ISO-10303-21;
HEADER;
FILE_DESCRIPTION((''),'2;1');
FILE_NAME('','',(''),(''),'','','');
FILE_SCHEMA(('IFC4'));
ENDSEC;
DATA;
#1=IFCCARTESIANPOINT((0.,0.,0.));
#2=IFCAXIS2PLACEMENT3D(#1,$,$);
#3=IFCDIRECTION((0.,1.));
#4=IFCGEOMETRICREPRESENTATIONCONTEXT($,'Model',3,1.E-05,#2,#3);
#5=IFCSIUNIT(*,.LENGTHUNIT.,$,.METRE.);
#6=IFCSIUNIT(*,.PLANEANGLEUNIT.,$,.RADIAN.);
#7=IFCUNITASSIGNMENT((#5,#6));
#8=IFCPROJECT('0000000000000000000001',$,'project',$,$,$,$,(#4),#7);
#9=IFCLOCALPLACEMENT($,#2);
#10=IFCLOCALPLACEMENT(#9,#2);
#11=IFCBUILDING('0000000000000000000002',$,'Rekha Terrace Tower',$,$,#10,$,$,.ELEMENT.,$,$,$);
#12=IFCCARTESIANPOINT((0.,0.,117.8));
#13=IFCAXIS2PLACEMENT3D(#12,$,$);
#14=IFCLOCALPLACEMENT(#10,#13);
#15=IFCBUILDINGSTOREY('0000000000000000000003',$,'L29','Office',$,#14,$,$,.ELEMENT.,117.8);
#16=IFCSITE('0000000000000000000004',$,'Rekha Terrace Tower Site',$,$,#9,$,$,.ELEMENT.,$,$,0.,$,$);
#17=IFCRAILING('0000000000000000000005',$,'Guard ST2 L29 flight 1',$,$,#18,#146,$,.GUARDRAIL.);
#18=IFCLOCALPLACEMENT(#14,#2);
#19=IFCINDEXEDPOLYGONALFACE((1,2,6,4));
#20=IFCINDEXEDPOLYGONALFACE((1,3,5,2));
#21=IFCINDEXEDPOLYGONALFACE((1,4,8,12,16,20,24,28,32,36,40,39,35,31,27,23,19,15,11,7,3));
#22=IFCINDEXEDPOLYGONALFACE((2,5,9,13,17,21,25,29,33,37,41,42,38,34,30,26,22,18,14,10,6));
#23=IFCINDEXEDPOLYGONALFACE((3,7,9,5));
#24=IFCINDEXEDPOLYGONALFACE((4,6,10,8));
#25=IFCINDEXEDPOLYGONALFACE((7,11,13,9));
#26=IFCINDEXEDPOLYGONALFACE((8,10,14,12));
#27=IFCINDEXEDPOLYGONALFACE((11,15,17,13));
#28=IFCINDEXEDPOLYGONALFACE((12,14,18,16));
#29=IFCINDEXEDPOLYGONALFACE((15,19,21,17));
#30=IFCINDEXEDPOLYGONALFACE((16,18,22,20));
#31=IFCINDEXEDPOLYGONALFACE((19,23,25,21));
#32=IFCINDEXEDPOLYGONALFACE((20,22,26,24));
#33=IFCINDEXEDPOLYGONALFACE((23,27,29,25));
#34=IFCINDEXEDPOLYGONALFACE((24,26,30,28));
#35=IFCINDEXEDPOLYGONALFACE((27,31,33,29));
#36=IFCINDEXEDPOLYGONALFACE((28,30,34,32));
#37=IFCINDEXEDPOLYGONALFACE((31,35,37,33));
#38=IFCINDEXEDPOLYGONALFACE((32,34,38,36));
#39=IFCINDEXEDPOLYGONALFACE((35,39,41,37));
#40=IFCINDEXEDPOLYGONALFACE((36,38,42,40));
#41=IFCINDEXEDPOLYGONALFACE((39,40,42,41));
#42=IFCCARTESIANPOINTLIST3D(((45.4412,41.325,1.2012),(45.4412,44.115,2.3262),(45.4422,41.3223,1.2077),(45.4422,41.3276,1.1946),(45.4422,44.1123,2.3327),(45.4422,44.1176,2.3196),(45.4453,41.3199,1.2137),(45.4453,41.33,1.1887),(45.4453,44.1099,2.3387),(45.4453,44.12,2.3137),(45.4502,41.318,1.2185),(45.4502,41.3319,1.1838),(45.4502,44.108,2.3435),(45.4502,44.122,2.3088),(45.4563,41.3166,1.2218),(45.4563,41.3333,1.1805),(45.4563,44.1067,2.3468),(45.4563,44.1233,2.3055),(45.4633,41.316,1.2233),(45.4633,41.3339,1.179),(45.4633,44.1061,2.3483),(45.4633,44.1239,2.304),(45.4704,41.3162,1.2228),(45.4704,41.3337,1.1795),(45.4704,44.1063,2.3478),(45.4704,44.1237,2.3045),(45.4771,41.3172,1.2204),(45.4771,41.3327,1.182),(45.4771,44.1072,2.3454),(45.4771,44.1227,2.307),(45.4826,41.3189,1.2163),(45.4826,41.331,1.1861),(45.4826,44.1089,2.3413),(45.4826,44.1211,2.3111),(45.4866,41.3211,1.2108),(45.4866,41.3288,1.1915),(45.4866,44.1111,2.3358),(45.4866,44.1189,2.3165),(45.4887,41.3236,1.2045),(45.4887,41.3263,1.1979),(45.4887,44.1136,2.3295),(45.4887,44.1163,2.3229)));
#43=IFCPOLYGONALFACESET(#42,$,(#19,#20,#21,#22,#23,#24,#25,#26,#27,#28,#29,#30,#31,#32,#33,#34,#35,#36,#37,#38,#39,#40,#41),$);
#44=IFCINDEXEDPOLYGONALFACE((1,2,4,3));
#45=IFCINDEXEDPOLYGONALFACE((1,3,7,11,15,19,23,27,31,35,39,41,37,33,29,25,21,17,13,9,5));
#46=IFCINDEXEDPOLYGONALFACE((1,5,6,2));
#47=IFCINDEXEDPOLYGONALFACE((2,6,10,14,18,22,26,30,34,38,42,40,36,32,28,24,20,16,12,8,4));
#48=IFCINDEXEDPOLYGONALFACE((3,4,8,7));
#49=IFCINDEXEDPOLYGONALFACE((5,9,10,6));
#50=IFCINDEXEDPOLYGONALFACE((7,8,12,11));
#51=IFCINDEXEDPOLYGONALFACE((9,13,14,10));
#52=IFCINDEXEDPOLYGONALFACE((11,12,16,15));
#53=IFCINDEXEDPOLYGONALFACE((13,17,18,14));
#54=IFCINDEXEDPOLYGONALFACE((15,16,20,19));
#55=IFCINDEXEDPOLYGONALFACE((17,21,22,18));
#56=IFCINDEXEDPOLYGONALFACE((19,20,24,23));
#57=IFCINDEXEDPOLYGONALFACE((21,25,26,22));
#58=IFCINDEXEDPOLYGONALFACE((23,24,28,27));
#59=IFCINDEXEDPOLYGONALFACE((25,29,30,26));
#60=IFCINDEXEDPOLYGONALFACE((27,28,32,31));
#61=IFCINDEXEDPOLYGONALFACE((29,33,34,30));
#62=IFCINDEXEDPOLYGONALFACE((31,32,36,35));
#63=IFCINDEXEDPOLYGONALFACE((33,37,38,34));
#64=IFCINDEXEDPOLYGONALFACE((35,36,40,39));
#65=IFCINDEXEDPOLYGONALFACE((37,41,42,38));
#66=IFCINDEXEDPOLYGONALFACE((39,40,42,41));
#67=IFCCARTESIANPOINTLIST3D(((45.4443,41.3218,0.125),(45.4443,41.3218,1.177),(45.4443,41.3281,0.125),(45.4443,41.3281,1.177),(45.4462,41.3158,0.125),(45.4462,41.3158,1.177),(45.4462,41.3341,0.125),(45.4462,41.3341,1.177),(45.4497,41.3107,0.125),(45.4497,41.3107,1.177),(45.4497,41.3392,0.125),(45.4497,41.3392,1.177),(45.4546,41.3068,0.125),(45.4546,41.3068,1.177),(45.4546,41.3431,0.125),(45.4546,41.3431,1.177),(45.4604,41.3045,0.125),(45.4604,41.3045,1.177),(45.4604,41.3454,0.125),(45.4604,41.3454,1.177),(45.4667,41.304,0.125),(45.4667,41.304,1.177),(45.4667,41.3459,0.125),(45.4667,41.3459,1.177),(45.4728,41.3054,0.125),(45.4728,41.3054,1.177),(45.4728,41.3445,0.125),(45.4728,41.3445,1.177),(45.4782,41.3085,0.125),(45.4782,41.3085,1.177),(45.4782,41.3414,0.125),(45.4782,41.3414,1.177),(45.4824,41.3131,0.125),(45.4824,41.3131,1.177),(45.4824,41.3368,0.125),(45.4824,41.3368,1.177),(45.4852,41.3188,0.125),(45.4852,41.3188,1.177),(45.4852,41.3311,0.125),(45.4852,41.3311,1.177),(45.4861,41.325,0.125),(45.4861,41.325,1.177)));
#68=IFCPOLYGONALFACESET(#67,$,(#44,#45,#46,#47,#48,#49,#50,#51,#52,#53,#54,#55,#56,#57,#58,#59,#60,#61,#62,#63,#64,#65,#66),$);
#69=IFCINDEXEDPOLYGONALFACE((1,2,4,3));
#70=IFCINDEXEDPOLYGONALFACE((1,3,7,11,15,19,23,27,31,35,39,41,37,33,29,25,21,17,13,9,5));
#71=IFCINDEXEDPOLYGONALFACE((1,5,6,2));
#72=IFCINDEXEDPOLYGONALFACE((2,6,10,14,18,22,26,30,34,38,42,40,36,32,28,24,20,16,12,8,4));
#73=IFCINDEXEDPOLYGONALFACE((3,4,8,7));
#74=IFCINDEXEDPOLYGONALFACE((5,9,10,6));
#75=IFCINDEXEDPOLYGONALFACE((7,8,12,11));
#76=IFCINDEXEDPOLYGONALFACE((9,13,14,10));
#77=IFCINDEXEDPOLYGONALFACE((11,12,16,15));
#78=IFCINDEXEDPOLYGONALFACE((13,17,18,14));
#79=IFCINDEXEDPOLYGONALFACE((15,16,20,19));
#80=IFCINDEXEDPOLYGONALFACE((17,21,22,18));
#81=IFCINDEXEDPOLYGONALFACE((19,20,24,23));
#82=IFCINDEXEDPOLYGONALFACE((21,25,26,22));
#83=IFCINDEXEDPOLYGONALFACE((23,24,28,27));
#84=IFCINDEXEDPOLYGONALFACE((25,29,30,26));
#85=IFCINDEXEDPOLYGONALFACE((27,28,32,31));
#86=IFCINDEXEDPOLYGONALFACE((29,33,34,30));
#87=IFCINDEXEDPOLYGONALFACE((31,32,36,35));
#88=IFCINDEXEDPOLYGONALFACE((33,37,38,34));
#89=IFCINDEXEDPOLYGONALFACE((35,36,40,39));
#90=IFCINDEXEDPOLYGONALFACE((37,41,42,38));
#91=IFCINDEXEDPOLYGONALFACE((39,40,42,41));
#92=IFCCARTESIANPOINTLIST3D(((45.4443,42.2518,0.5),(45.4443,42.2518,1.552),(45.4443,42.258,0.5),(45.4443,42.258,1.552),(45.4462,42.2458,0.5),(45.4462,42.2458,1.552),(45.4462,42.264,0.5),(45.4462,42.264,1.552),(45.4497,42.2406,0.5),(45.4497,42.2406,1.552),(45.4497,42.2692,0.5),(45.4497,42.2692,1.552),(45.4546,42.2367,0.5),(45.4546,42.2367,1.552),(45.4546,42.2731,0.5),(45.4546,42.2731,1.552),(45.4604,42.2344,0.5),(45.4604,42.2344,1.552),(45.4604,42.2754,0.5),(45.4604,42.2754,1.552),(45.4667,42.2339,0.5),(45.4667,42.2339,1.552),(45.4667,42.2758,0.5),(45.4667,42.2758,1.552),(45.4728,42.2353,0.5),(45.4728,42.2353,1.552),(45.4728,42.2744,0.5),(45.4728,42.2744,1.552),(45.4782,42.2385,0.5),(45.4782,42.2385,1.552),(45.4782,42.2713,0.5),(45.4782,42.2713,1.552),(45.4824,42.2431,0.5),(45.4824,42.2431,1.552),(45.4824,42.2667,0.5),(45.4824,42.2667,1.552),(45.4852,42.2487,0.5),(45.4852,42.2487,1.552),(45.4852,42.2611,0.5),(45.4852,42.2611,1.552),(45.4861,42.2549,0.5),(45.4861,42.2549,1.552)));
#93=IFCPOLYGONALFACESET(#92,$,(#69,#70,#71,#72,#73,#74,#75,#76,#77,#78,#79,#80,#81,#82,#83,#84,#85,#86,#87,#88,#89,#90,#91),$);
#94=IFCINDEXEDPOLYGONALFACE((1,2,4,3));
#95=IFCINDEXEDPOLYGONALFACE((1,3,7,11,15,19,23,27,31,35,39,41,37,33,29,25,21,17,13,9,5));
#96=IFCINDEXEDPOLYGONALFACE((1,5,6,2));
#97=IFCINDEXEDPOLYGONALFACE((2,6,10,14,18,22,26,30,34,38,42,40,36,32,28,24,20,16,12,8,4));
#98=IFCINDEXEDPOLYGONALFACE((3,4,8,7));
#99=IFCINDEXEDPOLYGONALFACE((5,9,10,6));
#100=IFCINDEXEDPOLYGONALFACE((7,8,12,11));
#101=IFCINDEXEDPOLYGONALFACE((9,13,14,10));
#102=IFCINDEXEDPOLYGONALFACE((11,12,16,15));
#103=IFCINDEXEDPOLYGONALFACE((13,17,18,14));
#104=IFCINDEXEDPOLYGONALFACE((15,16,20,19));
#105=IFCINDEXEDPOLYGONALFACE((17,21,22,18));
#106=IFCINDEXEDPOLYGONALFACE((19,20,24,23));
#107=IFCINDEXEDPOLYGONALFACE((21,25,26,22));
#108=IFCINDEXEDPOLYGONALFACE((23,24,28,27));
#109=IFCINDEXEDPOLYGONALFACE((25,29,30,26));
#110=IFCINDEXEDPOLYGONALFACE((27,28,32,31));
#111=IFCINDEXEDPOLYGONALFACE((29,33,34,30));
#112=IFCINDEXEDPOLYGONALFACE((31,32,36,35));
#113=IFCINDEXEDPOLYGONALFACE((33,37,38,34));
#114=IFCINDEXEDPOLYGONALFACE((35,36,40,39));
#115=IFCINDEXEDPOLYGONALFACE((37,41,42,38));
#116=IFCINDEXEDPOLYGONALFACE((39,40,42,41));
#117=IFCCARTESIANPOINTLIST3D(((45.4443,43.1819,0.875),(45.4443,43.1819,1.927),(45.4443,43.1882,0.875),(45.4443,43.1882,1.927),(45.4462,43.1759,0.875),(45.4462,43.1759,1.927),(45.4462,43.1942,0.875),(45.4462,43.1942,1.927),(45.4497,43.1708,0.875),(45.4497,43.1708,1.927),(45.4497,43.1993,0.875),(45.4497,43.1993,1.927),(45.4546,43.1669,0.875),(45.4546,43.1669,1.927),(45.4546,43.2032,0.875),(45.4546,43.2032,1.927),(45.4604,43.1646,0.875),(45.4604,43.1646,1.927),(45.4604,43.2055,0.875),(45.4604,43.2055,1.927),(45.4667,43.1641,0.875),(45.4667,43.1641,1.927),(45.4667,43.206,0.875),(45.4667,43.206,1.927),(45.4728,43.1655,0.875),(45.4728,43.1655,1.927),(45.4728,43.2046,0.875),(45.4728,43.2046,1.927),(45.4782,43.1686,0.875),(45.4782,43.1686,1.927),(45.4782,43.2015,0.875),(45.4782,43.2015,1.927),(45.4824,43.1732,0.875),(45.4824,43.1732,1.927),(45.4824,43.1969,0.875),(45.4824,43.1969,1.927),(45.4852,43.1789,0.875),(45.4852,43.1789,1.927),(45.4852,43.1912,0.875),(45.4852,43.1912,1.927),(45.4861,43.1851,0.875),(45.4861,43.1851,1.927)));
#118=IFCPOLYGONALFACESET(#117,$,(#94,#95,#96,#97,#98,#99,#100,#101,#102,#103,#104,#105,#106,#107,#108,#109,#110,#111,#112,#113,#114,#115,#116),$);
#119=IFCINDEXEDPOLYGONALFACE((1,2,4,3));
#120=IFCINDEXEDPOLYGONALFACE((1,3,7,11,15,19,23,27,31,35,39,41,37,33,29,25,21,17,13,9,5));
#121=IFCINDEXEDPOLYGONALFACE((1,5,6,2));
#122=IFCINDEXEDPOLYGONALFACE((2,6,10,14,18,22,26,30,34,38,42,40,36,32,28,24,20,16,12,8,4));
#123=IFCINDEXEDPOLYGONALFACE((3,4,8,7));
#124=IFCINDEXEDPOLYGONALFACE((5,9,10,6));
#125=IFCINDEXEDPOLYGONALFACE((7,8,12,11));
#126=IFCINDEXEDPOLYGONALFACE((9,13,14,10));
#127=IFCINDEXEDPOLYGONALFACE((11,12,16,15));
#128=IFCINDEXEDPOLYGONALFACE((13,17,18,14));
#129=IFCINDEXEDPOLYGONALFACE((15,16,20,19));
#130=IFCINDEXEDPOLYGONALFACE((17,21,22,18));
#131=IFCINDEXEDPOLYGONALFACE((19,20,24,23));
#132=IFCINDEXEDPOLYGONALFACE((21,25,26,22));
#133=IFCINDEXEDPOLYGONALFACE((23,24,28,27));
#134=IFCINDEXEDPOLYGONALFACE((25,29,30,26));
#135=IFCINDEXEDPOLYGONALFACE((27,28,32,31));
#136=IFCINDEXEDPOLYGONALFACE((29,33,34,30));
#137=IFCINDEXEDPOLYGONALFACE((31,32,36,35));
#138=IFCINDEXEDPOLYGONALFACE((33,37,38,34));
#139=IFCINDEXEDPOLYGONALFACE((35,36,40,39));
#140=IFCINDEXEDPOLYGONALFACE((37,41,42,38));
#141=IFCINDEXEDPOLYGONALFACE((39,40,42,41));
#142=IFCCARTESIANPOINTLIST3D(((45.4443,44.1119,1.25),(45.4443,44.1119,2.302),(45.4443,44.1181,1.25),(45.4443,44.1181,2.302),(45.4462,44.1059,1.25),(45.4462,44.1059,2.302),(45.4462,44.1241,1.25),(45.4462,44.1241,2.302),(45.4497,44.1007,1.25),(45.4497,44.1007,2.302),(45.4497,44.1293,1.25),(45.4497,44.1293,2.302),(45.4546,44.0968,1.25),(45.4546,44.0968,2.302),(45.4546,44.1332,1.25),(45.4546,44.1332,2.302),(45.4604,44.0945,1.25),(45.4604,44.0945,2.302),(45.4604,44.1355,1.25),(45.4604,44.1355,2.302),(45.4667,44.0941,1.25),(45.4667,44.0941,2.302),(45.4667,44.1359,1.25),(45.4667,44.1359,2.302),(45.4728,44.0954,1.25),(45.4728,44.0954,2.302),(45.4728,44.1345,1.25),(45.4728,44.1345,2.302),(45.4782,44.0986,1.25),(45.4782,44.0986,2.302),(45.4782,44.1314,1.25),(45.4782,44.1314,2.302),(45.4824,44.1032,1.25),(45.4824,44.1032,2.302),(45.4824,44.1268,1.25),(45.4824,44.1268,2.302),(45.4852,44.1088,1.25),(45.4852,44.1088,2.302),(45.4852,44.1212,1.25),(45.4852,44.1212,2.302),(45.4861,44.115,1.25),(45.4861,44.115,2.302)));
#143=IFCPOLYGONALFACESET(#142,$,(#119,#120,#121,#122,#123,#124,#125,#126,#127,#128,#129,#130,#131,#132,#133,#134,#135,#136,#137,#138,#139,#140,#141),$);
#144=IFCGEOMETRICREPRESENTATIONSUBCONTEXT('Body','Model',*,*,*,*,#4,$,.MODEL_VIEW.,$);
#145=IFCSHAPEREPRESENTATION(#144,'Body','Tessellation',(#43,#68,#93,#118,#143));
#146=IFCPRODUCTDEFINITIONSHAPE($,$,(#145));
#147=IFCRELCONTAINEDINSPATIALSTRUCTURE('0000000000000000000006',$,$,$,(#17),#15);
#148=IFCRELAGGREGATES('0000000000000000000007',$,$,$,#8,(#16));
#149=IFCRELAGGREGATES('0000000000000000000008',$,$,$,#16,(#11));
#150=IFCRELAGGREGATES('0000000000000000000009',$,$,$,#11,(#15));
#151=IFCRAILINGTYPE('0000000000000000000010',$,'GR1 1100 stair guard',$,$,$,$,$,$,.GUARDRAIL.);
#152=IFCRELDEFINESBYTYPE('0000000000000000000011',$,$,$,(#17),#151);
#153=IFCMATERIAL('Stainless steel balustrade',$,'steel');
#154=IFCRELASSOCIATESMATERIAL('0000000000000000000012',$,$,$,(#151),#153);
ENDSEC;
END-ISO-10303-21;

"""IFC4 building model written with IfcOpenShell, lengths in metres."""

from ifc_helpers import new_model, si_unit, direction, frame, origin, origin_2d, place, context, subcontext, project, spatial, circle, extrude, material, type_object, element, save


model = new_model("IFC4")

# Units and contexts
model_context = context("Model", 3, precision=1e-05, world=origin(), true_north=direction((0.0, 1.0)))
body_context = subcontext(model_context, "Body", "Model", "MODEL_VIEW")
ifc_project = project(units=[si_unit("LENGTHUNIT", "METRE"), si_unit("PLANEANGLEUNIT", "RADIAN")], contexts=[model_context])

# Site, building, storey
site_placement = place(None, origin())
site = spatial("IfcSite", under=ifc_project, at=site_placement, Name="Rekha Terrace Tower Site", CompositionType="ELEMENT", RefElevation=0.0)
building_placement = place(site_placement, origin())
building = spatial("IfcBuilding", under=site, at=building_placement, Name="Rekha Terrace Tower", CompositionType="ELEMENT")
storey_placement = place(building_placement, frame((0.0, 0.0, 117.8)))
storey = spatial("IfcBuildingStorey", under=building, at=storey_placement, Name="L29", Description="Office", CompositionType="ELEMENT", Elevation=117.8)

# Railing
ifc_material_1 = material(Name="Stainless steel balustrade", Category="steel")
railing_type_1 = type_object("IfcRailingType", Name="GR1 1100 stair guard", PredefinedType="GUARDRAIL", material=ifc_material_1)
railing_1_placement = place(storey_placement, frame((45.4651, 41.325, 0.125)))
element("IfcRailing", 1, at=railing_1_placement, inside=storey, type_object=railing_type_1, Name="Guard ST2 L29 flight 1", PredefinedType="GUARDRAIL", context=body_context, shape_type="SweptSolid", body=[
    extrude(circle(Radius=0.0239, at=origin_2d()), frame((0.0, 0.0, 1.0762), z_axis=(0.0, 0.927443, 0.373964), x_axis=(-1.0, 0.0, 0.0)), (0.0, 0.0, 1.0), 3.0083),
    extrude(circle(Radius=0.021, at=origin_2d()), origin(), (0.0, 0.0, 1.0), 1.052),
    extrude(circle(Radius=0.021, at=origin_2d()), frame((0.0, 0.9299, 0.375)), (0.0, 0.0, 1.0), 1.052),
    extrude(circle(Radius=0.021, at=origin_2d()), frame((0.0, 1.8601, 0.75)), (0.0, 0.0, 1.0), 1.052),
    extrude(circle(Radius=0.021, at=origin_2d()), frame((0.0, 2.79, 1.125)), (0.0, 0.0, 1.0), 1.052),
])

save(model, "model.ifc")
